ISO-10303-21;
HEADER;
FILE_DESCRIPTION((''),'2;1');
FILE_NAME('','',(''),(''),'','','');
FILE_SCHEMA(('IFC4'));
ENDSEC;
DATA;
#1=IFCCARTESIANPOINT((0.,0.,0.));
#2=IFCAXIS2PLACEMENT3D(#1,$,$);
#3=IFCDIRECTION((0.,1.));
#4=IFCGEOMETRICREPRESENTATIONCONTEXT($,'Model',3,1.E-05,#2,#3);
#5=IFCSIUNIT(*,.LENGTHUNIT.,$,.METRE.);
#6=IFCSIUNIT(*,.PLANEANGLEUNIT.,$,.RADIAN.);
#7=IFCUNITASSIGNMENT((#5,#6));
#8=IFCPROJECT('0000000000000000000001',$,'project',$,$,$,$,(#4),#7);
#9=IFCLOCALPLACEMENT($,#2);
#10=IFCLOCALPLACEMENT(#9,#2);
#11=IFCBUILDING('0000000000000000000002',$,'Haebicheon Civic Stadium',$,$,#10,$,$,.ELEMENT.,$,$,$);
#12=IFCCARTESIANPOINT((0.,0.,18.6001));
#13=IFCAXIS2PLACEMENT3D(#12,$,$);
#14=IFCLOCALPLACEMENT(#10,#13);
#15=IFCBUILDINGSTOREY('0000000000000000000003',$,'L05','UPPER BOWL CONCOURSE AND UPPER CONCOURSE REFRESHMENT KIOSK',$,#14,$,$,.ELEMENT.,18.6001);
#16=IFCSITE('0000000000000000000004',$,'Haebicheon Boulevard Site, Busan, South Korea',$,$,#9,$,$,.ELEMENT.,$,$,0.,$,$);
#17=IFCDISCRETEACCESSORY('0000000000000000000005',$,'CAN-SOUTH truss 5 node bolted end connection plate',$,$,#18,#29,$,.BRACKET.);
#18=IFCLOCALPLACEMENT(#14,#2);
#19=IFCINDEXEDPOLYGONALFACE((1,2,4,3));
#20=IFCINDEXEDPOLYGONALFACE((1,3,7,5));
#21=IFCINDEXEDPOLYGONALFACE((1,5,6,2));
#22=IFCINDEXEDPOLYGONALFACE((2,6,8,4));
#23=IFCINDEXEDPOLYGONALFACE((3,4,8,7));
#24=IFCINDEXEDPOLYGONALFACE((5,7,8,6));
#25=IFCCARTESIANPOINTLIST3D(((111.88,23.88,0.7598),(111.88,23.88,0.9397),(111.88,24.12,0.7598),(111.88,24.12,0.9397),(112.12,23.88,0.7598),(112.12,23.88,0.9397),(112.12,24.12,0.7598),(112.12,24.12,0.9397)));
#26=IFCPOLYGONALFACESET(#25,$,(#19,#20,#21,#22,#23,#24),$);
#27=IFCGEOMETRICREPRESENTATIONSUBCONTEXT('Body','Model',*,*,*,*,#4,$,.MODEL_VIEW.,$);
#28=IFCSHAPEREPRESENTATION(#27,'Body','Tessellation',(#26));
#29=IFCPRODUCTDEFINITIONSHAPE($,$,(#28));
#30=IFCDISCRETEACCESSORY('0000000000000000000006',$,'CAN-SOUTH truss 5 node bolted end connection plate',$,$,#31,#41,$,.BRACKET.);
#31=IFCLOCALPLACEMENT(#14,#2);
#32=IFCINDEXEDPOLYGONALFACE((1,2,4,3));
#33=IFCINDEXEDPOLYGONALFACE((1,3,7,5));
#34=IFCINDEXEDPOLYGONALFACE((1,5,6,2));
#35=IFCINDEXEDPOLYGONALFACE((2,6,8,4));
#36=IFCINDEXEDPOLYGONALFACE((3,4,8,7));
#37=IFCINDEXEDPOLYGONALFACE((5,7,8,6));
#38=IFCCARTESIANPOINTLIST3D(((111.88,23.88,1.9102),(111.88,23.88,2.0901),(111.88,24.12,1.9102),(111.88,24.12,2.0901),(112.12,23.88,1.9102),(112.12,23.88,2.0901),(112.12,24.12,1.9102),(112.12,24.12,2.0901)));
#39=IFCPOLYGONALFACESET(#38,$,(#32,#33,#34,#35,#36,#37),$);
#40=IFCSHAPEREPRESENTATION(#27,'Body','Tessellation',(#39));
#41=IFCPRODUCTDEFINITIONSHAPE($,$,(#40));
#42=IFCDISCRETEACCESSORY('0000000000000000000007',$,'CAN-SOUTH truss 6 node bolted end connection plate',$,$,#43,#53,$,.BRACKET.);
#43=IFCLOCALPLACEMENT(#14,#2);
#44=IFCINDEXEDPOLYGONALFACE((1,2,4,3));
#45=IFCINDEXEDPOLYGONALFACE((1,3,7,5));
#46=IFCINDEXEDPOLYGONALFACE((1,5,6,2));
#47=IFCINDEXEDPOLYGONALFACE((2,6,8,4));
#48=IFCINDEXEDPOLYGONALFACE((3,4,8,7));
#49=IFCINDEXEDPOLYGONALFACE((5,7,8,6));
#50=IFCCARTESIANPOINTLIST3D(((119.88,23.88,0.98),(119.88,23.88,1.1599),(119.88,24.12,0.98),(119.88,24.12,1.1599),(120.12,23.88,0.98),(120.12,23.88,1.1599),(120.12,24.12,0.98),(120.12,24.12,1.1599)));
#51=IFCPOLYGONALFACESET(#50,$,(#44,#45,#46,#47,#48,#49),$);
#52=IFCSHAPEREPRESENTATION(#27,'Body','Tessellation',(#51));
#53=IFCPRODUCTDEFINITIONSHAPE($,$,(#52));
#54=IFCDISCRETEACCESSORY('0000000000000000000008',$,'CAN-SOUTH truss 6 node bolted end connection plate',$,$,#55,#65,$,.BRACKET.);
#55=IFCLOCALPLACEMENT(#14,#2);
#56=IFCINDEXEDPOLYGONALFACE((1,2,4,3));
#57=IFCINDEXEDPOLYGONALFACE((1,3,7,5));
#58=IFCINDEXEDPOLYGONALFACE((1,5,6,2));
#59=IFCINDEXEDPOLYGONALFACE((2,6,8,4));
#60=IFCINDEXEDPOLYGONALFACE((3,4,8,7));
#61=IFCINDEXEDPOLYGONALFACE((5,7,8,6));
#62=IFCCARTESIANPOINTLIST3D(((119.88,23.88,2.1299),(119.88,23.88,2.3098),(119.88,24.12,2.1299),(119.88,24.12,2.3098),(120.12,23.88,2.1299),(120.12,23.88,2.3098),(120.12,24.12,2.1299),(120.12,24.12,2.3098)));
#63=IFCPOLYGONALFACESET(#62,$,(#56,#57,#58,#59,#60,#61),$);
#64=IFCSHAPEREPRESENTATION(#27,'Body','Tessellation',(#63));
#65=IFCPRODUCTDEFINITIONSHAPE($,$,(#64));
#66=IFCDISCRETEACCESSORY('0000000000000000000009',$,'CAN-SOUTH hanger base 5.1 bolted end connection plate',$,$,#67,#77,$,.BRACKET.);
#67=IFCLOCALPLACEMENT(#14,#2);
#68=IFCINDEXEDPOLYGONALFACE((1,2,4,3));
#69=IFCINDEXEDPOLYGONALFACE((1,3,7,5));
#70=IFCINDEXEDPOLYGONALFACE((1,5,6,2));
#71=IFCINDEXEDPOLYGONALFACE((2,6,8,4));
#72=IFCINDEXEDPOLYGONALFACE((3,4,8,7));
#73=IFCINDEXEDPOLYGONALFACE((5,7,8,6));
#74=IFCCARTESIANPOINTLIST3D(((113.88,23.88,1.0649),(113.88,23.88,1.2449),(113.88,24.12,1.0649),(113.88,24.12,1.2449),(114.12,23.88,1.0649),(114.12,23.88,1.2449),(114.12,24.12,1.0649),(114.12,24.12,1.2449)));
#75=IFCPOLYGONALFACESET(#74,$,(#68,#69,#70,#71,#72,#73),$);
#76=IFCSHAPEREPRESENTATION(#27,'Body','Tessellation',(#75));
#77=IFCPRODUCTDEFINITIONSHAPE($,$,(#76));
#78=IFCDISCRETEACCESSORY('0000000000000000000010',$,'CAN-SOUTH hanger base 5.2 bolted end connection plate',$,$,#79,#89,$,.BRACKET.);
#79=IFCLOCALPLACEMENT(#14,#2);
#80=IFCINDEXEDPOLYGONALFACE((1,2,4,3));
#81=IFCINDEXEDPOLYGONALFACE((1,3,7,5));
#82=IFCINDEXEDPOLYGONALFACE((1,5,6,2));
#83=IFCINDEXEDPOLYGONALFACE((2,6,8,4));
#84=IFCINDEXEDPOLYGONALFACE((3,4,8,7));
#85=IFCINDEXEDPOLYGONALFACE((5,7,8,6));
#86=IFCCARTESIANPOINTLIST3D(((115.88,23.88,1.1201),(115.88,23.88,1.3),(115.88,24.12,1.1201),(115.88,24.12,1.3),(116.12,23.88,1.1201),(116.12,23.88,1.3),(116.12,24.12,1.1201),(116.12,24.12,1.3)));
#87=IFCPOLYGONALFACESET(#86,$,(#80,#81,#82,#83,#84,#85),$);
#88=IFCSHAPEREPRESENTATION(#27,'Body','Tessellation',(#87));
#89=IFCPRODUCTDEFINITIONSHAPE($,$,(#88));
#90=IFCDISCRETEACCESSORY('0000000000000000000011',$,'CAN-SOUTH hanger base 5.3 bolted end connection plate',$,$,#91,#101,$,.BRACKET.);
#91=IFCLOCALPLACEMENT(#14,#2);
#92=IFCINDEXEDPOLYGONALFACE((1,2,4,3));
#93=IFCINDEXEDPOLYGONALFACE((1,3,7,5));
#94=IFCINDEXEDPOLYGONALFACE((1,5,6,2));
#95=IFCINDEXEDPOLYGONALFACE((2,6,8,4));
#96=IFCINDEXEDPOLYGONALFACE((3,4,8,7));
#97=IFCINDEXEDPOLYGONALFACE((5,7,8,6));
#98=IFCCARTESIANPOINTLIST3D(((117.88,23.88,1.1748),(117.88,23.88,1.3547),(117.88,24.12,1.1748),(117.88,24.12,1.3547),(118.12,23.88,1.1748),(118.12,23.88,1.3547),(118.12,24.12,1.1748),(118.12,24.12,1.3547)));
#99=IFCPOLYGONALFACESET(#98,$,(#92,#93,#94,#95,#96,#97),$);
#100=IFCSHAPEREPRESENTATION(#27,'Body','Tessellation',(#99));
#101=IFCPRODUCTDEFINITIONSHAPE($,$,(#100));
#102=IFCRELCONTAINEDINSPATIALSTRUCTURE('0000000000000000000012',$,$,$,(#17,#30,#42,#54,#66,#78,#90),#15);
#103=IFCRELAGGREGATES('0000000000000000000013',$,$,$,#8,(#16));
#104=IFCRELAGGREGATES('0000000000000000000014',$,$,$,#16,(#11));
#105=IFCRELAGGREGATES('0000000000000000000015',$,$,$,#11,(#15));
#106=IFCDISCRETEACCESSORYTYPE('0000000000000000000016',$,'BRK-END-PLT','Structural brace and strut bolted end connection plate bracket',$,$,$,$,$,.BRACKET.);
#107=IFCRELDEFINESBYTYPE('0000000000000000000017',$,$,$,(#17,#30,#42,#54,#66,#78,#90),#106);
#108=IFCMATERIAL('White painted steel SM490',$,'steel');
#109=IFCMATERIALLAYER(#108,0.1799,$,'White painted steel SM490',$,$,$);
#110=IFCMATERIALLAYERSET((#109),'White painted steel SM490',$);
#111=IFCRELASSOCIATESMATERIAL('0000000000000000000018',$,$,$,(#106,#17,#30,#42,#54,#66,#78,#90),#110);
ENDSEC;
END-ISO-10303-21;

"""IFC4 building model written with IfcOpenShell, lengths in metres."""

from ifc_helpers import new_model, si_unit, direction, frame, origin, origin_2d, place, context, subcontext, project, spatial, rectangle, extrude, material, layer, layer_set, type_object, element, save


model = new_model("IFC4")

# Units and contexts
model_context = context("Model", 3, precision=1e-05, world=origin(), true_north=direction((0.0, 1.0)))
body_context = subcontext(model_context, "Body", "Model", "MODEL_VIEW")
ifc_project = project(units=[si_unit("LENGTHUNIT", "METRE"), si_unit("PLANEANGLEUNIT", "RADIAN")], contexts=[model_context])

# Site, building, storey
site_placement = place(None, origin())
site = spatial("IfcSite", under=ifc_project, at=site_placement, Name="Haebicheon Boulevard Site, Busan, South Korea", CompositionType="ELEMENT", RefElevation=0.0)
building_placement = place(site_placement, origin())
building = spatial("IfcBuilding", under=site, at=building_placement, Name="Haebicheon Civic Stadium", CompositionType="ELEMENT")
storey_placement = place(building_placement, frame((0.0, 0.0, 18.6001)))
storey = spatial("IfcBuildingStorey", under=building, at=storey_placement, Name="L05", Description="UPPER BOWL CONCOURSE AND UPPER CONCOURSE REFRESHMENT KIOSK", CompositionType="ELEMENT", Elevation=18.6001)

# Discrete accessories
ifc_material_1 = material(Name="White painted steel SM490", Category="steel")
ifc_layer_1 = layer(ifc_material_1, 0.1799, Name="White painted steel SM490")
ifc_layer_set_1 = layer_set([ifc_layer_1], Name="White painted steel SM490")
discrete_accessory_type = type_object("IfcDiscreteAccessoryType", Name="BRK-END-PLT", Description="Structural brace and strut bolted end connection plate bracket", PredefinedType="BRACKET", material=ifc_layer_set_1)
for number, where, z_axis, x_axis, name in (
    (1, (112.0, 24.0, 0.7598), (0.0, 0.0, 1.0), (1.0, 0.0, 0.0), "CAN-SOUTH truss 5 node bolted end connection plate"),
    (2, (112.0, 24.0, 1.9102), (0.0, 0.0, 1.0), (1.0, 0.0, 0.0), "CAN-SOUTH truss 5 node bolted end connection plate"),
    (3, (120.0, 24.0, 0.98), (0.0, 0.0, 1.0), (1.0, 0.0, 0.0), "CAN-SOUTH truss 6 node bolted end connection plate"),
    (4, (120.0, 24.0, 2.1299), (0.0, 0.0, 1.0), (1.0, 0.0, 0.0), "CAN-SOUTH truss 6 node bolted end connection plate"),
    (5, (114.0, 24.0, 1.0649), (0.0, 0.0, 1.0), (1.0, 0.0, 0.0), "CAN-SOUTH hanger base 5.1 bolted end connection plate"),
    (6, (116.0, 24.0, 1.1201), (0.0, 0.0, 1.0), (1.0, 0.0, 0.0), "CAN-SOUTH hanger base 5.2 bolted end connection plate"),
    (7, (118.0, 24.0, 1.1748), (0.0, 0.0, 1.0), (1.0, 0.0, 0.0), "CAN-SOUTH hanger base 5.3 bolted end connection plate"),
):
    element("IfcDiscreteAccessory", number, at=place(storey_placement, frame(where, z_axis=z_axis, x_axis=x_axis)), inside=storey, type_object=discrete_accessory_type, material=ifc_layer_set_1, Name=name, PredefinedType="BRACKET", context=body_context, shape_type="SweptSolid", body=[
        extrude(rectangle(XDim=0.24, YDim=0.24, at=origin_2d()), origin(), (0.0, 0.0, 1.0), 0.1799),
    ])

save(model, "model.ifc")
